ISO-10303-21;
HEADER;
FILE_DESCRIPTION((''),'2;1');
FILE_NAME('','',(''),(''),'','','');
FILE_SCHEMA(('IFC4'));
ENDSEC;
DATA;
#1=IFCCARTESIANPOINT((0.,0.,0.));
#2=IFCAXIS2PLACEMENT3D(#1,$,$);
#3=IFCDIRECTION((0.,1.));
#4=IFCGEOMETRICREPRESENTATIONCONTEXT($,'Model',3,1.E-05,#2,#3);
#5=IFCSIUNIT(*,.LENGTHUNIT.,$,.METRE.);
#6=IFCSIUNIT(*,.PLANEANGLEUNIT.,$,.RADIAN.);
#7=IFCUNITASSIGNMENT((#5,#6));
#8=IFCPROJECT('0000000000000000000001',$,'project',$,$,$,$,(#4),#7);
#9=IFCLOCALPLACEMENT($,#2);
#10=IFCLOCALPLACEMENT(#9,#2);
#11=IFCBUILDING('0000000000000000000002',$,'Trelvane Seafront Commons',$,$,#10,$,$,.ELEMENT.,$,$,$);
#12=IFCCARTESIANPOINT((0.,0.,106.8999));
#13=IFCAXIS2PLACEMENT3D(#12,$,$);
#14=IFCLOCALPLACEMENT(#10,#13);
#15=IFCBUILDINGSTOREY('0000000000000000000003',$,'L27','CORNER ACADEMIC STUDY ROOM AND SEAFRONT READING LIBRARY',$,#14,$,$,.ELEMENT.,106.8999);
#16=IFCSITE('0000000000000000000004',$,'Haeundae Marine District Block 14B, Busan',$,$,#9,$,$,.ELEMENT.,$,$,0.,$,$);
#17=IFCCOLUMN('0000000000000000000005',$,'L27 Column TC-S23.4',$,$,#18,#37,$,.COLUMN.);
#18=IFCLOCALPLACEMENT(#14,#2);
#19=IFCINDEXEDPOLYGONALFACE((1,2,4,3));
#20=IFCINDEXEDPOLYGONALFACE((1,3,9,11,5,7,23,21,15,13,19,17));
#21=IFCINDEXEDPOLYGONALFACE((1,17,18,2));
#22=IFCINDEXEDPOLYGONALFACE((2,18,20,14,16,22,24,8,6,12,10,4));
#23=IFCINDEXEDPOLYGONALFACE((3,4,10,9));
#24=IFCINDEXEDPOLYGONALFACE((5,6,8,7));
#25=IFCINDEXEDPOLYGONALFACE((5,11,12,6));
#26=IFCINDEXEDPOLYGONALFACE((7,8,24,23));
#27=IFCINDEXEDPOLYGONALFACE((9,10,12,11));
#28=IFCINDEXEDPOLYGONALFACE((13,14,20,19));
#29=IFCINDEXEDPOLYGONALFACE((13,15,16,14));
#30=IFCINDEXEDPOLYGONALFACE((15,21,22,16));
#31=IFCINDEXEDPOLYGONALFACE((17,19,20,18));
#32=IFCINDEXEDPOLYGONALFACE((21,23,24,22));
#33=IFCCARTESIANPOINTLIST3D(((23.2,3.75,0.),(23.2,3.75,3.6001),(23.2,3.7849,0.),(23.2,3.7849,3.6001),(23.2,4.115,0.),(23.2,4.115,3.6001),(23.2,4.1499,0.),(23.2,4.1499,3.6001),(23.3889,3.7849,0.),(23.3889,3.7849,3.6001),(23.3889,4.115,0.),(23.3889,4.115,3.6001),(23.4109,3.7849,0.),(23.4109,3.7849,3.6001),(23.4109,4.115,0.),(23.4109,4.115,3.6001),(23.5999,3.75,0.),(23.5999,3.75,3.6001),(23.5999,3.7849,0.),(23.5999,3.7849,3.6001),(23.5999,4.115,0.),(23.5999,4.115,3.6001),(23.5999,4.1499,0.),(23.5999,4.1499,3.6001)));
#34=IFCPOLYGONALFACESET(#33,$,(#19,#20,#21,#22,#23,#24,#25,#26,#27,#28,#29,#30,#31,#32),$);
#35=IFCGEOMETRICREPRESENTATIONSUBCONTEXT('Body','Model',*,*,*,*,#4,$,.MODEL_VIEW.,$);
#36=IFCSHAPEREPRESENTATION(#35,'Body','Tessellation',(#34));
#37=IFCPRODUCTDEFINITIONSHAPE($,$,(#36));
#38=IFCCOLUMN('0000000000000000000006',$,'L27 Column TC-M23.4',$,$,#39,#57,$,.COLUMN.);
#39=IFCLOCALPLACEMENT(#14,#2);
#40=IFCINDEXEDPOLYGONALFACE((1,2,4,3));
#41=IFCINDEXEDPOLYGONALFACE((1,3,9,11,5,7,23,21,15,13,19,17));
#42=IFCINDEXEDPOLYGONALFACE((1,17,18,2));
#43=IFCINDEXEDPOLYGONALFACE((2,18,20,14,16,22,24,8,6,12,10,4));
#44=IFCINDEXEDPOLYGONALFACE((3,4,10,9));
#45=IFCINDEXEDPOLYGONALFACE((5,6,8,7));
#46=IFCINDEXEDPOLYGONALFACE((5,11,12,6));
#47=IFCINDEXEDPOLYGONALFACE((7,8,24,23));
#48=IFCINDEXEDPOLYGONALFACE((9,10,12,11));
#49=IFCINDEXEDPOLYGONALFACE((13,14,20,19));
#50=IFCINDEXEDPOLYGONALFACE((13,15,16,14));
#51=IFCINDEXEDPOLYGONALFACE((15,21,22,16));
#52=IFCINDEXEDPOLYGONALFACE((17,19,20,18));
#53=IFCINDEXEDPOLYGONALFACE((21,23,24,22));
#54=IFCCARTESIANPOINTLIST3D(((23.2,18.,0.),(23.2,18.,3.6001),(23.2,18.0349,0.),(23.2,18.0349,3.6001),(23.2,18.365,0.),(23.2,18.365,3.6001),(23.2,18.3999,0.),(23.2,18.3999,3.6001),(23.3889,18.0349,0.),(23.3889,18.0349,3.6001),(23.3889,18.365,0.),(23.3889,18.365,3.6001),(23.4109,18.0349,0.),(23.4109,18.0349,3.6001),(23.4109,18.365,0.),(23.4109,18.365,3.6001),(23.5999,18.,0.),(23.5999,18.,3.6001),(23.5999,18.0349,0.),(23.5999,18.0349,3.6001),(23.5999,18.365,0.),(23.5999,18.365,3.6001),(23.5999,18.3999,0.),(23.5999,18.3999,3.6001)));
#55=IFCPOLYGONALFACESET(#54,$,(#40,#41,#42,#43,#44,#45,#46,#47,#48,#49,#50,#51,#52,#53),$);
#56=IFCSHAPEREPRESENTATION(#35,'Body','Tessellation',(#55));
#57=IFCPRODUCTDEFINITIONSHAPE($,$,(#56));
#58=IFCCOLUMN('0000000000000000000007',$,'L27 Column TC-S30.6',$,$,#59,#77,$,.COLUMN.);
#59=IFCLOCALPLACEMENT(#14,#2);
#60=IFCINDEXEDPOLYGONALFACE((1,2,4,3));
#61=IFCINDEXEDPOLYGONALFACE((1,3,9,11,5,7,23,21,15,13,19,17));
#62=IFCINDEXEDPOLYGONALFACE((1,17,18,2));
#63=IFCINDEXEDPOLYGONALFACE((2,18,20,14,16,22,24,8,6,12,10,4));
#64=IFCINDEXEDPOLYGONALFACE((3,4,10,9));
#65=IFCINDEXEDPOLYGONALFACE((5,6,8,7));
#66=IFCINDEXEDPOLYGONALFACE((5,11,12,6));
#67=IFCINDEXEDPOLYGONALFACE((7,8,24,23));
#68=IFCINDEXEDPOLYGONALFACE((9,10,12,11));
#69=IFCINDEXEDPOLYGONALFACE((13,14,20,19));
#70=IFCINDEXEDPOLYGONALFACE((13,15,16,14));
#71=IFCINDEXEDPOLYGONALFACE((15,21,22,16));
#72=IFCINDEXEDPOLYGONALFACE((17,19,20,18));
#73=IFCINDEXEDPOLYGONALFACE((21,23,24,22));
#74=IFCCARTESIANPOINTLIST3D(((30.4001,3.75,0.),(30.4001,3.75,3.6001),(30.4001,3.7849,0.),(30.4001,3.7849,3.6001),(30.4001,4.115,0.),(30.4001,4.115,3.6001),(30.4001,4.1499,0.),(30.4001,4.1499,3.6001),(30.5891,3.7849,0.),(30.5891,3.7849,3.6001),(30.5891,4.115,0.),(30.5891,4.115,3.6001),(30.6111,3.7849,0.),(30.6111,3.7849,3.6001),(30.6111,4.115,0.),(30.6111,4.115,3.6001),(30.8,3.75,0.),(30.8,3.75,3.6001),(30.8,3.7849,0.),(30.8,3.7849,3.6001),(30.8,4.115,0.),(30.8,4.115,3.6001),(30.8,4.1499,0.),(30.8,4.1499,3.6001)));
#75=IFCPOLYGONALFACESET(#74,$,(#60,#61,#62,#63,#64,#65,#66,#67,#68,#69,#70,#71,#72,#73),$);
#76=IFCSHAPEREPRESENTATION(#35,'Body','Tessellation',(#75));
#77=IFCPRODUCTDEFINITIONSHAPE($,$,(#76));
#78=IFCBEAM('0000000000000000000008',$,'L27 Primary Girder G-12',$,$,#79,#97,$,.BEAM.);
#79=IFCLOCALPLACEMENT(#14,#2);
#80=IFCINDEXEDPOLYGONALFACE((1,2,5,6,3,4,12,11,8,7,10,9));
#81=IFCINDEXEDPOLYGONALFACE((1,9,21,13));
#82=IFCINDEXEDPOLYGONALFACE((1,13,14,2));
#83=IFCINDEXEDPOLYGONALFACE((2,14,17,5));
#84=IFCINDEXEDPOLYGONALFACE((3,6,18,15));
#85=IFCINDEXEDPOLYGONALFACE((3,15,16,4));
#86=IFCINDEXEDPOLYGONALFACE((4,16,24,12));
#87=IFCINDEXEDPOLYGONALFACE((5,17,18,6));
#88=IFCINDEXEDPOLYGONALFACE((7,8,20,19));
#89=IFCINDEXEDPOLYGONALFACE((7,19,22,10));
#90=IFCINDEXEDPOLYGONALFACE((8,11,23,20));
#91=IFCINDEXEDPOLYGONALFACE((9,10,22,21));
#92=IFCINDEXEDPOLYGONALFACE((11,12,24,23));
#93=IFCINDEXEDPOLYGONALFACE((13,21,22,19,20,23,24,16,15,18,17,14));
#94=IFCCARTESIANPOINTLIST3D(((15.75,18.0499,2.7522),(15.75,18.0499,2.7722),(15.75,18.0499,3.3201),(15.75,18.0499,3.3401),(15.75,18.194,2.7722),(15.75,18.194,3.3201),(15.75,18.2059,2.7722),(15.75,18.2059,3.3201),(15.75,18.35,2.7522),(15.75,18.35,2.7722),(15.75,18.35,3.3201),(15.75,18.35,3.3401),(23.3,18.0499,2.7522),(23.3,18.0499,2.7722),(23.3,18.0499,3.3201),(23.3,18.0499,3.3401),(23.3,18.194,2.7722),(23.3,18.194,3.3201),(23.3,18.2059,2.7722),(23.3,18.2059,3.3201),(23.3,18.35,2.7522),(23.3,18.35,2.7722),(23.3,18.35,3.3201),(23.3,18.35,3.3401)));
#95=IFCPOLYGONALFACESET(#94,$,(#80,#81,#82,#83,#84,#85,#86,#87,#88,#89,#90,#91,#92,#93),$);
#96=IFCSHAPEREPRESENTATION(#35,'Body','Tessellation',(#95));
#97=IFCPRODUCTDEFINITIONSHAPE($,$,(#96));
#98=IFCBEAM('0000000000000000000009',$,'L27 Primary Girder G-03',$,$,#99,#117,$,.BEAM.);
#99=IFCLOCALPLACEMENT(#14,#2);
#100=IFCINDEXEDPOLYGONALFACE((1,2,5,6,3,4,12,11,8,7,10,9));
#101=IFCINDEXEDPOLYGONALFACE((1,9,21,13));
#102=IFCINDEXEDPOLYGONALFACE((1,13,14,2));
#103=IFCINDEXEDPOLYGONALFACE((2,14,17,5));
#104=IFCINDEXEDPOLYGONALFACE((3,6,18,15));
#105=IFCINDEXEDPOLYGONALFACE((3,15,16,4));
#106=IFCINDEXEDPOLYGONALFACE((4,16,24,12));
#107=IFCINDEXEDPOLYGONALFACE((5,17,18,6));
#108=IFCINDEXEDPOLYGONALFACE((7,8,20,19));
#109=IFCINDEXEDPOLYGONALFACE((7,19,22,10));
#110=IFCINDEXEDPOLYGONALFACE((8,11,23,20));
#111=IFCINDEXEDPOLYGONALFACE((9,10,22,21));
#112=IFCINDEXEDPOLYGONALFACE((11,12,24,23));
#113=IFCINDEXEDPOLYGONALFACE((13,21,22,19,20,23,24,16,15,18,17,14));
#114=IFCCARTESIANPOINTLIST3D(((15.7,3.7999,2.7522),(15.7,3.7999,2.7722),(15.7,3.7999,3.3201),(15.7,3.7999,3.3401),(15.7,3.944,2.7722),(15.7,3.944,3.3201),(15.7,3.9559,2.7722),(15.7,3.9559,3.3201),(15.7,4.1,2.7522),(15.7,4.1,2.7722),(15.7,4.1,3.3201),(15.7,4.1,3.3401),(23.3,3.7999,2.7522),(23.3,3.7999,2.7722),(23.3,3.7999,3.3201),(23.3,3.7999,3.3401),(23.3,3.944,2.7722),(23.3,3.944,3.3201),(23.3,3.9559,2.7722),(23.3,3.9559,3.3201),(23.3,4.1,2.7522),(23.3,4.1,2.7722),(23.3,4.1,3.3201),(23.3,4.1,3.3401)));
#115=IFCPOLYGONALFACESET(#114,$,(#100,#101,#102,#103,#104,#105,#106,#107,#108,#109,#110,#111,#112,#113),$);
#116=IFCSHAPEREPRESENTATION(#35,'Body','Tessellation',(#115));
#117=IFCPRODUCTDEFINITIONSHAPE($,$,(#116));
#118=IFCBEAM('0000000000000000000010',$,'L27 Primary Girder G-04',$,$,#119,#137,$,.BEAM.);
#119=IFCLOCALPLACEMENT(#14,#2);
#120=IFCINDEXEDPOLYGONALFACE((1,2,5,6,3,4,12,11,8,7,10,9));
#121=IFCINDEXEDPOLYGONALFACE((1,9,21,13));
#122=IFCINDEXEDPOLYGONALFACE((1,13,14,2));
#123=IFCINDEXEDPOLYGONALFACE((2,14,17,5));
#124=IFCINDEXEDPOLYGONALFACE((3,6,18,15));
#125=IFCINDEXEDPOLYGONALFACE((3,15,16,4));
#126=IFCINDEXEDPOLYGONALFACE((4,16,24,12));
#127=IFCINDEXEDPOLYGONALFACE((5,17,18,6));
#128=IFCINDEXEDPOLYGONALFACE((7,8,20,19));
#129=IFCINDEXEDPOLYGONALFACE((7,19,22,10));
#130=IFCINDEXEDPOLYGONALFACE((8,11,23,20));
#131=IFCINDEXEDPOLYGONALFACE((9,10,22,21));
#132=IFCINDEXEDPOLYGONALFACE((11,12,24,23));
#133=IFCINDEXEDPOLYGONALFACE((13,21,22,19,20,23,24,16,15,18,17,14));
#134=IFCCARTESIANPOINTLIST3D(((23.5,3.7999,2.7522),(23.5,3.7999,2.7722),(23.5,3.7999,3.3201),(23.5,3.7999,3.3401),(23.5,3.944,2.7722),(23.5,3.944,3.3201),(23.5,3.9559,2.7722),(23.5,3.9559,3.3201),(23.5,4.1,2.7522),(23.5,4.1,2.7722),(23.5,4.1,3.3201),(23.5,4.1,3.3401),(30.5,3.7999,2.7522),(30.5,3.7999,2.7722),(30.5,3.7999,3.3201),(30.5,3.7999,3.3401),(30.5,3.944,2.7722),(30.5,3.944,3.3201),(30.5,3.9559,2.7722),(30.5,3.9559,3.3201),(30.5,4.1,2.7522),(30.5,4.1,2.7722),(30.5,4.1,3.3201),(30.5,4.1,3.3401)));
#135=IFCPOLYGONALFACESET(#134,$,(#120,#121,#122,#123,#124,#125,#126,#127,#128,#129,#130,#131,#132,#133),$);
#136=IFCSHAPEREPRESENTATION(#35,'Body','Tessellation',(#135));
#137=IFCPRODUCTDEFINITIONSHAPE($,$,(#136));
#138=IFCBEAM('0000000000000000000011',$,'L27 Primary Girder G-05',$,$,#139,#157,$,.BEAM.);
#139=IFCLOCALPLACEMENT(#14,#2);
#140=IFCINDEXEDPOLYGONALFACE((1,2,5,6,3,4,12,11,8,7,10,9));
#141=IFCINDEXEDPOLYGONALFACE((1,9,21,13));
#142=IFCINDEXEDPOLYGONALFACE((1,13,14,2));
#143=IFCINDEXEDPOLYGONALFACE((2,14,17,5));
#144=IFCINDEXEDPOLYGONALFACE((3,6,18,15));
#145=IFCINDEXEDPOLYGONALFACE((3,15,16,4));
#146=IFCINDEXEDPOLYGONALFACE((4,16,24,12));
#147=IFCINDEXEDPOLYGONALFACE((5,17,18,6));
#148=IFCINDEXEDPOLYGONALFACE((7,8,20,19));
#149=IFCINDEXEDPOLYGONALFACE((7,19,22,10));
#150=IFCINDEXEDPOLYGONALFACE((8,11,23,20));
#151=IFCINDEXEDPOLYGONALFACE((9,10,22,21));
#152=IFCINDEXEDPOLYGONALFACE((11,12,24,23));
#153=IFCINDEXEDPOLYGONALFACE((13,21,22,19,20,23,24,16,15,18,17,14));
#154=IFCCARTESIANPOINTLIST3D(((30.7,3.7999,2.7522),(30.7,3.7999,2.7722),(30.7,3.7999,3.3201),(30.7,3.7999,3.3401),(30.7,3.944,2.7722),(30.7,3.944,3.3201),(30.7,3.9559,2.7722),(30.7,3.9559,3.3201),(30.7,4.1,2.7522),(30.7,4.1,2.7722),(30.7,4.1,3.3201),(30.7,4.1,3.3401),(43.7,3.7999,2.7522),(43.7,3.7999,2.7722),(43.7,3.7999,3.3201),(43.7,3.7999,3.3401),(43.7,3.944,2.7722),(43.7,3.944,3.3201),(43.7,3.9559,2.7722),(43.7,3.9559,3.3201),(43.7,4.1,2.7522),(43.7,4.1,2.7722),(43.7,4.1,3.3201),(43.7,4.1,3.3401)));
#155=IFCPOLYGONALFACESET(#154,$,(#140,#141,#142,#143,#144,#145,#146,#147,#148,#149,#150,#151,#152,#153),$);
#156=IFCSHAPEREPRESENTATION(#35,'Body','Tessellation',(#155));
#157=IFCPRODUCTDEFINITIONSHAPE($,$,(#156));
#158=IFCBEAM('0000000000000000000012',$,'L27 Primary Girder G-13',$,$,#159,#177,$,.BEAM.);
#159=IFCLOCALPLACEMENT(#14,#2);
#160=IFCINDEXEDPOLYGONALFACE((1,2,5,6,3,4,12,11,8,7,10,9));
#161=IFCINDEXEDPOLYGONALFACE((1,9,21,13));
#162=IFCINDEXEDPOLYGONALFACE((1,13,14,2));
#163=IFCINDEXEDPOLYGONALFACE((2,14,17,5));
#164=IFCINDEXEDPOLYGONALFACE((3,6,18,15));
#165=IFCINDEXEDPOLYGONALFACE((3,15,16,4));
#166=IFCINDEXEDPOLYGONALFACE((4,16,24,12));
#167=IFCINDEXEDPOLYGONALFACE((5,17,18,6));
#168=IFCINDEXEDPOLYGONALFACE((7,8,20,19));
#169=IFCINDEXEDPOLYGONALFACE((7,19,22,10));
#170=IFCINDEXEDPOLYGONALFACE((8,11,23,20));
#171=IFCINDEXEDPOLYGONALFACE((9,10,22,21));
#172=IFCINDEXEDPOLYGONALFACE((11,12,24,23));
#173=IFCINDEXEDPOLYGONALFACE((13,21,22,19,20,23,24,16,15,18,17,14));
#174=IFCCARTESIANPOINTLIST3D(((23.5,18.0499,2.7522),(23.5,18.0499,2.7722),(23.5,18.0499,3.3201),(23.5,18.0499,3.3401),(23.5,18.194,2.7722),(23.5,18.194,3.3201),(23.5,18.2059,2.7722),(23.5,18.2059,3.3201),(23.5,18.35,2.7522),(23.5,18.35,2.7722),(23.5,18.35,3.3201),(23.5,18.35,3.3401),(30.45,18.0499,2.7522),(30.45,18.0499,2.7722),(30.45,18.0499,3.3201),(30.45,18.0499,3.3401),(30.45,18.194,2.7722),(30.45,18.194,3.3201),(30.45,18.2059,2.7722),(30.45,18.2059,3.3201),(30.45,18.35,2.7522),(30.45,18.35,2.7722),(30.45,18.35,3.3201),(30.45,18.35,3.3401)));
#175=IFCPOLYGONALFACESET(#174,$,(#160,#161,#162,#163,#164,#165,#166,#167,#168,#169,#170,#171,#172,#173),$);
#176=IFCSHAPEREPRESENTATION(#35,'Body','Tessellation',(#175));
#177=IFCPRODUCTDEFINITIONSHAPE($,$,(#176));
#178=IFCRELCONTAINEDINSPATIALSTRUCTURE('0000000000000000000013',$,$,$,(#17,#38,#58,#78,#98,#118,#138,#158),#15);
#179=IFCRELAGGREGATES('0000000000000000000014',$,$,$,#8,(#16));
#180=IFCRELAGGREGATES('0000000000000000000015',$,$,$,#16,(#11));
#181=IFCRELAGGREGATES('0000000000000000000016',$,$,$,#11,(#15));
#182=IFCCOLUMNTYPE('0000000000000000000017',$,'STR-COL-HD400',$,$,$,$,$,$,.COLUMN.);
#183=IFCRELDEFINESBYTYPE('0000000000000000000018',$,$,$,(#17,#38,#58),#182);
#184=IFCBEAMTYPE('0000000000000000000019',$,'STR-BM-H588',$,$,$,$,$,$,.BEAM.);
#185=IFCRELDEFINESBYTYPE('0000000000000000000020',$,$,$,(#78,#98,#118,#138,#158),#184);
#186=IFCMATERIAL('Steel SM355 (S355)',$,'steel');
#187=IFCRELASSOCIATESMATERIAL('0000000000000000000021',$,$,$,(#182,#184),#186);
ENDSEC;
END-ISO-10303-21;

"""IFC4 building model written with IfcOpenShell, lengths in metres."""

from ifc_helpers import new_model, si_unit, direction, frame, origin, origin_2d, place, context, subcontext, project, spatial, i_section, extrude, source, transform, mapped, material, material_profile, profile_set, type_object, element, save


model = new_model("IFC4")

# Units and contexts
model_context = context("Model", 3, precision=1e-05, world=origin(), true_north=direction((0.0, 1.0)))
body_context = subcontext(model_context, "Body", "Model", "MODEL_VIEW")
ifc_project = project(units=[si_unit("LENGTHUNIT", "METRE"), si_unit("PLANEANGLEUNIT", "RADIAN")], contexts=[model_context])

# Site, building, storey
site_placement = place(None, origin())
site = spatial("IfcSite", under=ifc_project, at=site_placement, Name="Haeundae Marine District Block 14B, Busan", CompositionType="ELEMENT", RefElevation=0.0)
building_placement = place(site_placement, origin())
building = spatial("IfcBuilding", under=site, at=building_placement, Name="Trelvane Seafront Commons", CompositionType="ELEMENT")
storey_placement = place(building_placement, frame((0.0, 0.0, 106.8999)))
storey = spatial("IfcBuildingStorey", under=building, at=storey_placement, Name="L27", Description="CORNER ACADEMIC STUDY ROOM AND SEAFRONT READING LIBRARY", CompositionType="ELEMENT", Elevation=106.8999)

# Columns
ifc_material_1 = material(Name="Steel SM355 (S355)", Category="steel")
ifc_material_profile_1 = material_profile(ifc_material_1, i_section(OverallWidth=0.3999, OverallDepth=0.3999, WebThickness=0.022, FlangeThickness=0.0349, at=origin_2d()), Name="HD-400x400x22x35")
ifc_profile_set_1 = profile_set([ifc_material_profile_1], Name="Steel SM355 (S355)")
column_type = type_object("IfcColumnType", Name="STR-COL-HD400", PredefinedType="COLUMN", material=ifc_profile_set_1)
shared_shape_1 = source(origin(), body_context, "Body", "SweptSolid", [
    extrude(i_section(OverallWidth=0.3999, OverallDepth=0.3999, WebThickness=0.022, FlangeThickness=0.0349, at=origin_2d()), origin(), (0.0, 0.0, 1.0), 3.6001),
])
for number, where, z_axis, x_axis, name in (
    (1, (23.3999, 3.95, 0.0), (0.0, 0.0, 1.0), (1.0, 0.0, 0.0), "L27 Column TC-S23.4"),
    (2, (23.3999, 18.2, 0.0), (0.0, 0.0, 1.0), (1.0, 0.0, 0.0), "L27 Column TC-M23.4"),
    (3, (30.6001, 3.95, 0.0), (0.0, 0.0, 1.0), (1.0, 0.0, 0.0), "L27 Column TC-S30.6"),
):
    element("IfcColumn", number, at=place(storey_placement, frame(where, z_axis=z_axis, x_axis=x_axis)), inside=storey, type_object=column_type, Name=name, PredefinedType="COLUMN", context=body_context, shape_type="MappedRepresentation", body=[
        mapped(shared_shape_1, transform((0.0, 0.0, 0.0), x_axis=(1.0, 0.0, 0.0), y_axis=(0.0, 1.0, 0.0), z_axis=(0.0, 0.0, 1.0), scale=1.0)),
    ])

# Beams
ifc_material_profile_2 = material_profile(ifc_material_1, i_section(OverallWidth=0.3, OverallDepth=0.5879, WebThickness=0.012, FlangeThickness=0.02, at=origin_2d()), Name="H-588x300x12x20")
ifc_profile_set_2 = profile_set([ifc_material_profile_2], Name="Steel SM355 (S355)")
beam_type_1 = type_object("IfcBeamType", Name="STR-BM-H588", PredefinedType="BEAM", material=ifc_profile_set_2)
shared_shape_2 = source(origin(), body_context, "Body", "SweptSolid", [
    extrude(i_section(OverallWidth=0.3, OverallDepth=0.5879, WebThickness=0.012, FlangeThickness=0.02, at=origin_2d()), origin(), (0.0, 0.0, 1.0), 7.55),
])
beam_1_placement = place(storey_placement, frame((15.75, 18.2, 3.0461), z_axis=(1.0, 0.0, 0.0), x_axis=(0.0, 1.0, 0.0)))
element("IfcBeam", 4, at=beam_1_placement, inside=storey, type_object=beam_type_1, Name="L27 Primary Girder G-12", PredefinedType="BEAM", context=body_context, shape_type="MappedRepresentation", body=[
    mapped(shared_shape_2, transform((0.0, 0.0, 0.0), x_axis=(1.0, 0.0, 0.0), y_axis=(0.0, 1.0, 0.0), z_axis=(0.0, 0.0, 1.0), scale=1.0)),
])
shared_shape_3 = source(origin(), body_context, "Body", "SweptSolid", [
    extrude(i_section(OverallWidth=0.3, OverallDepth=0.5879, WebThickness=0.012, FlangeThickness=0.02, at=origin_2d()), origin(), (0.0, 0.0, 1.0), 7.6001),
])
beam_2_placement = place(storey_placement, frame((15.7, 3.95, 3.0461), z_axis=(1.0, 0.0, 0.0), x_axis=(0.0, 1.0, 0.0)))
element("IfcBeam", 5, at=beam_2_placement, inside=storey, type_object=beam_type_1, Name="L27 Primary Girder G-03", PredefinedType="BEAM", context=body_context, shape_type="MappedRepresentation", body=[
    mapped(shared_shape_3, transform((0.0, 0.0, 0.0), x_axis=(1.0, 0.0, 0.0), y_axis=(0.0, 1.0, 0.0), z_axis=(0.0, 0.0, 1.0), scale=1.0)),
])
shared_shape_4 = source(origin(), body_context, "Body", "SweptSolid", [
    extrude(i_section(OverallWidth=0.3, OverallDepth=0.5879, WebThickness=0.012, FlangeThickness=0.02, at=origin_2d()), origin(), (0.0, 0.0, 1.0), 7.0),
])
beam_3_placement = place(storey_placement, frame((23.5, 3.95, 3.0461), z_axis=(1.0, 0.0, 0.0), x_axis=(0.0, 1.0, 0.0)))
element("IfcBeam", 6, at=beam_3_placement, inside=storey, type_object=beam_type_1, Name="L27 Primary Girder G-04", PredefinedType="BEAM", context=body_context, shape_type="MappedRepresentation", body=[
    mapped(shared_shape_4, transform((0.0, 0.0, 0.0), x_axis=(1.0, 0.0, 0.0), y_axis=(0.0, 1.0, 0.0), z_axis=(0.0, 0.0, 1.0), scale=1.0)),
])
shared_shape_5 = source(origin(), body_context, "Body", "SweptSolid", [
    extrude(i_section(OverallWidth=0.3, OverallDepth=0.5879, WebThickness=0.012, FlangeThickness=0.02, at=origin_2d()), origin(), (0.0, 0.0, 1.0), 13.0),
])
beam_4_placement = place(storey_placement, frame((30.7, 3.95, 3.0461), z_axis=(1.0, 0.0, 0.0), x_axis=(0.0, 1.0, 0.0)))
element("IfcBeam", 7, at=beam_4_placement, inside=storey, type_object=beam_type_1, Name="L27 Primary Girder G-05", PredefinedType="BEAM", context=body_context, shape_type="MappedRepresentation", body=[
    mapped(shared_shape_5, transform((0.0, 0.0, 0.0), x_axis=(1.0, 0.0, 0.0), y_axis=(0.0, 1.0, 0.0), z_axis=(0.0, 0.0, 1.0), scale=1.0)),
])
shared_shape_6 = source(origin(), body_context, "Body", "SweptSolid", [
    extrude(i_section(OverallWidth=0.3, OverallDepth=0.5879, WebThickness=0.012, FlangeThickness=0.02, at=origin_2d()), origin(), (0.0, 0.0, 1.0), 6.95),
])
beam_5_placement = place(storey_placement, frame((23.5, 18.2, 3.0461), z_axis=(1.0, 0.0, 0.0), x_axis=(0.0, 1.0, 0.0)))
element("IfcBeam", 8, at=beam_5_placement, inside=storey, type_object=beam_type_1, Name="L27 Primary Girder G-13", PredefinedType="BEAM", context=body_context, shape_type="MappedRepresentation", body=[
    mapped(shared_shape_6, transform((0.0, 0.0, 0.0), x_axis=(1.0, 0.0, 0.0), y_axis=(0.0, 1.0, 0.0), z_axis=(0.0, 0.0, 1.0), scale=1.0)),
])

save(model, "model.ifc")
